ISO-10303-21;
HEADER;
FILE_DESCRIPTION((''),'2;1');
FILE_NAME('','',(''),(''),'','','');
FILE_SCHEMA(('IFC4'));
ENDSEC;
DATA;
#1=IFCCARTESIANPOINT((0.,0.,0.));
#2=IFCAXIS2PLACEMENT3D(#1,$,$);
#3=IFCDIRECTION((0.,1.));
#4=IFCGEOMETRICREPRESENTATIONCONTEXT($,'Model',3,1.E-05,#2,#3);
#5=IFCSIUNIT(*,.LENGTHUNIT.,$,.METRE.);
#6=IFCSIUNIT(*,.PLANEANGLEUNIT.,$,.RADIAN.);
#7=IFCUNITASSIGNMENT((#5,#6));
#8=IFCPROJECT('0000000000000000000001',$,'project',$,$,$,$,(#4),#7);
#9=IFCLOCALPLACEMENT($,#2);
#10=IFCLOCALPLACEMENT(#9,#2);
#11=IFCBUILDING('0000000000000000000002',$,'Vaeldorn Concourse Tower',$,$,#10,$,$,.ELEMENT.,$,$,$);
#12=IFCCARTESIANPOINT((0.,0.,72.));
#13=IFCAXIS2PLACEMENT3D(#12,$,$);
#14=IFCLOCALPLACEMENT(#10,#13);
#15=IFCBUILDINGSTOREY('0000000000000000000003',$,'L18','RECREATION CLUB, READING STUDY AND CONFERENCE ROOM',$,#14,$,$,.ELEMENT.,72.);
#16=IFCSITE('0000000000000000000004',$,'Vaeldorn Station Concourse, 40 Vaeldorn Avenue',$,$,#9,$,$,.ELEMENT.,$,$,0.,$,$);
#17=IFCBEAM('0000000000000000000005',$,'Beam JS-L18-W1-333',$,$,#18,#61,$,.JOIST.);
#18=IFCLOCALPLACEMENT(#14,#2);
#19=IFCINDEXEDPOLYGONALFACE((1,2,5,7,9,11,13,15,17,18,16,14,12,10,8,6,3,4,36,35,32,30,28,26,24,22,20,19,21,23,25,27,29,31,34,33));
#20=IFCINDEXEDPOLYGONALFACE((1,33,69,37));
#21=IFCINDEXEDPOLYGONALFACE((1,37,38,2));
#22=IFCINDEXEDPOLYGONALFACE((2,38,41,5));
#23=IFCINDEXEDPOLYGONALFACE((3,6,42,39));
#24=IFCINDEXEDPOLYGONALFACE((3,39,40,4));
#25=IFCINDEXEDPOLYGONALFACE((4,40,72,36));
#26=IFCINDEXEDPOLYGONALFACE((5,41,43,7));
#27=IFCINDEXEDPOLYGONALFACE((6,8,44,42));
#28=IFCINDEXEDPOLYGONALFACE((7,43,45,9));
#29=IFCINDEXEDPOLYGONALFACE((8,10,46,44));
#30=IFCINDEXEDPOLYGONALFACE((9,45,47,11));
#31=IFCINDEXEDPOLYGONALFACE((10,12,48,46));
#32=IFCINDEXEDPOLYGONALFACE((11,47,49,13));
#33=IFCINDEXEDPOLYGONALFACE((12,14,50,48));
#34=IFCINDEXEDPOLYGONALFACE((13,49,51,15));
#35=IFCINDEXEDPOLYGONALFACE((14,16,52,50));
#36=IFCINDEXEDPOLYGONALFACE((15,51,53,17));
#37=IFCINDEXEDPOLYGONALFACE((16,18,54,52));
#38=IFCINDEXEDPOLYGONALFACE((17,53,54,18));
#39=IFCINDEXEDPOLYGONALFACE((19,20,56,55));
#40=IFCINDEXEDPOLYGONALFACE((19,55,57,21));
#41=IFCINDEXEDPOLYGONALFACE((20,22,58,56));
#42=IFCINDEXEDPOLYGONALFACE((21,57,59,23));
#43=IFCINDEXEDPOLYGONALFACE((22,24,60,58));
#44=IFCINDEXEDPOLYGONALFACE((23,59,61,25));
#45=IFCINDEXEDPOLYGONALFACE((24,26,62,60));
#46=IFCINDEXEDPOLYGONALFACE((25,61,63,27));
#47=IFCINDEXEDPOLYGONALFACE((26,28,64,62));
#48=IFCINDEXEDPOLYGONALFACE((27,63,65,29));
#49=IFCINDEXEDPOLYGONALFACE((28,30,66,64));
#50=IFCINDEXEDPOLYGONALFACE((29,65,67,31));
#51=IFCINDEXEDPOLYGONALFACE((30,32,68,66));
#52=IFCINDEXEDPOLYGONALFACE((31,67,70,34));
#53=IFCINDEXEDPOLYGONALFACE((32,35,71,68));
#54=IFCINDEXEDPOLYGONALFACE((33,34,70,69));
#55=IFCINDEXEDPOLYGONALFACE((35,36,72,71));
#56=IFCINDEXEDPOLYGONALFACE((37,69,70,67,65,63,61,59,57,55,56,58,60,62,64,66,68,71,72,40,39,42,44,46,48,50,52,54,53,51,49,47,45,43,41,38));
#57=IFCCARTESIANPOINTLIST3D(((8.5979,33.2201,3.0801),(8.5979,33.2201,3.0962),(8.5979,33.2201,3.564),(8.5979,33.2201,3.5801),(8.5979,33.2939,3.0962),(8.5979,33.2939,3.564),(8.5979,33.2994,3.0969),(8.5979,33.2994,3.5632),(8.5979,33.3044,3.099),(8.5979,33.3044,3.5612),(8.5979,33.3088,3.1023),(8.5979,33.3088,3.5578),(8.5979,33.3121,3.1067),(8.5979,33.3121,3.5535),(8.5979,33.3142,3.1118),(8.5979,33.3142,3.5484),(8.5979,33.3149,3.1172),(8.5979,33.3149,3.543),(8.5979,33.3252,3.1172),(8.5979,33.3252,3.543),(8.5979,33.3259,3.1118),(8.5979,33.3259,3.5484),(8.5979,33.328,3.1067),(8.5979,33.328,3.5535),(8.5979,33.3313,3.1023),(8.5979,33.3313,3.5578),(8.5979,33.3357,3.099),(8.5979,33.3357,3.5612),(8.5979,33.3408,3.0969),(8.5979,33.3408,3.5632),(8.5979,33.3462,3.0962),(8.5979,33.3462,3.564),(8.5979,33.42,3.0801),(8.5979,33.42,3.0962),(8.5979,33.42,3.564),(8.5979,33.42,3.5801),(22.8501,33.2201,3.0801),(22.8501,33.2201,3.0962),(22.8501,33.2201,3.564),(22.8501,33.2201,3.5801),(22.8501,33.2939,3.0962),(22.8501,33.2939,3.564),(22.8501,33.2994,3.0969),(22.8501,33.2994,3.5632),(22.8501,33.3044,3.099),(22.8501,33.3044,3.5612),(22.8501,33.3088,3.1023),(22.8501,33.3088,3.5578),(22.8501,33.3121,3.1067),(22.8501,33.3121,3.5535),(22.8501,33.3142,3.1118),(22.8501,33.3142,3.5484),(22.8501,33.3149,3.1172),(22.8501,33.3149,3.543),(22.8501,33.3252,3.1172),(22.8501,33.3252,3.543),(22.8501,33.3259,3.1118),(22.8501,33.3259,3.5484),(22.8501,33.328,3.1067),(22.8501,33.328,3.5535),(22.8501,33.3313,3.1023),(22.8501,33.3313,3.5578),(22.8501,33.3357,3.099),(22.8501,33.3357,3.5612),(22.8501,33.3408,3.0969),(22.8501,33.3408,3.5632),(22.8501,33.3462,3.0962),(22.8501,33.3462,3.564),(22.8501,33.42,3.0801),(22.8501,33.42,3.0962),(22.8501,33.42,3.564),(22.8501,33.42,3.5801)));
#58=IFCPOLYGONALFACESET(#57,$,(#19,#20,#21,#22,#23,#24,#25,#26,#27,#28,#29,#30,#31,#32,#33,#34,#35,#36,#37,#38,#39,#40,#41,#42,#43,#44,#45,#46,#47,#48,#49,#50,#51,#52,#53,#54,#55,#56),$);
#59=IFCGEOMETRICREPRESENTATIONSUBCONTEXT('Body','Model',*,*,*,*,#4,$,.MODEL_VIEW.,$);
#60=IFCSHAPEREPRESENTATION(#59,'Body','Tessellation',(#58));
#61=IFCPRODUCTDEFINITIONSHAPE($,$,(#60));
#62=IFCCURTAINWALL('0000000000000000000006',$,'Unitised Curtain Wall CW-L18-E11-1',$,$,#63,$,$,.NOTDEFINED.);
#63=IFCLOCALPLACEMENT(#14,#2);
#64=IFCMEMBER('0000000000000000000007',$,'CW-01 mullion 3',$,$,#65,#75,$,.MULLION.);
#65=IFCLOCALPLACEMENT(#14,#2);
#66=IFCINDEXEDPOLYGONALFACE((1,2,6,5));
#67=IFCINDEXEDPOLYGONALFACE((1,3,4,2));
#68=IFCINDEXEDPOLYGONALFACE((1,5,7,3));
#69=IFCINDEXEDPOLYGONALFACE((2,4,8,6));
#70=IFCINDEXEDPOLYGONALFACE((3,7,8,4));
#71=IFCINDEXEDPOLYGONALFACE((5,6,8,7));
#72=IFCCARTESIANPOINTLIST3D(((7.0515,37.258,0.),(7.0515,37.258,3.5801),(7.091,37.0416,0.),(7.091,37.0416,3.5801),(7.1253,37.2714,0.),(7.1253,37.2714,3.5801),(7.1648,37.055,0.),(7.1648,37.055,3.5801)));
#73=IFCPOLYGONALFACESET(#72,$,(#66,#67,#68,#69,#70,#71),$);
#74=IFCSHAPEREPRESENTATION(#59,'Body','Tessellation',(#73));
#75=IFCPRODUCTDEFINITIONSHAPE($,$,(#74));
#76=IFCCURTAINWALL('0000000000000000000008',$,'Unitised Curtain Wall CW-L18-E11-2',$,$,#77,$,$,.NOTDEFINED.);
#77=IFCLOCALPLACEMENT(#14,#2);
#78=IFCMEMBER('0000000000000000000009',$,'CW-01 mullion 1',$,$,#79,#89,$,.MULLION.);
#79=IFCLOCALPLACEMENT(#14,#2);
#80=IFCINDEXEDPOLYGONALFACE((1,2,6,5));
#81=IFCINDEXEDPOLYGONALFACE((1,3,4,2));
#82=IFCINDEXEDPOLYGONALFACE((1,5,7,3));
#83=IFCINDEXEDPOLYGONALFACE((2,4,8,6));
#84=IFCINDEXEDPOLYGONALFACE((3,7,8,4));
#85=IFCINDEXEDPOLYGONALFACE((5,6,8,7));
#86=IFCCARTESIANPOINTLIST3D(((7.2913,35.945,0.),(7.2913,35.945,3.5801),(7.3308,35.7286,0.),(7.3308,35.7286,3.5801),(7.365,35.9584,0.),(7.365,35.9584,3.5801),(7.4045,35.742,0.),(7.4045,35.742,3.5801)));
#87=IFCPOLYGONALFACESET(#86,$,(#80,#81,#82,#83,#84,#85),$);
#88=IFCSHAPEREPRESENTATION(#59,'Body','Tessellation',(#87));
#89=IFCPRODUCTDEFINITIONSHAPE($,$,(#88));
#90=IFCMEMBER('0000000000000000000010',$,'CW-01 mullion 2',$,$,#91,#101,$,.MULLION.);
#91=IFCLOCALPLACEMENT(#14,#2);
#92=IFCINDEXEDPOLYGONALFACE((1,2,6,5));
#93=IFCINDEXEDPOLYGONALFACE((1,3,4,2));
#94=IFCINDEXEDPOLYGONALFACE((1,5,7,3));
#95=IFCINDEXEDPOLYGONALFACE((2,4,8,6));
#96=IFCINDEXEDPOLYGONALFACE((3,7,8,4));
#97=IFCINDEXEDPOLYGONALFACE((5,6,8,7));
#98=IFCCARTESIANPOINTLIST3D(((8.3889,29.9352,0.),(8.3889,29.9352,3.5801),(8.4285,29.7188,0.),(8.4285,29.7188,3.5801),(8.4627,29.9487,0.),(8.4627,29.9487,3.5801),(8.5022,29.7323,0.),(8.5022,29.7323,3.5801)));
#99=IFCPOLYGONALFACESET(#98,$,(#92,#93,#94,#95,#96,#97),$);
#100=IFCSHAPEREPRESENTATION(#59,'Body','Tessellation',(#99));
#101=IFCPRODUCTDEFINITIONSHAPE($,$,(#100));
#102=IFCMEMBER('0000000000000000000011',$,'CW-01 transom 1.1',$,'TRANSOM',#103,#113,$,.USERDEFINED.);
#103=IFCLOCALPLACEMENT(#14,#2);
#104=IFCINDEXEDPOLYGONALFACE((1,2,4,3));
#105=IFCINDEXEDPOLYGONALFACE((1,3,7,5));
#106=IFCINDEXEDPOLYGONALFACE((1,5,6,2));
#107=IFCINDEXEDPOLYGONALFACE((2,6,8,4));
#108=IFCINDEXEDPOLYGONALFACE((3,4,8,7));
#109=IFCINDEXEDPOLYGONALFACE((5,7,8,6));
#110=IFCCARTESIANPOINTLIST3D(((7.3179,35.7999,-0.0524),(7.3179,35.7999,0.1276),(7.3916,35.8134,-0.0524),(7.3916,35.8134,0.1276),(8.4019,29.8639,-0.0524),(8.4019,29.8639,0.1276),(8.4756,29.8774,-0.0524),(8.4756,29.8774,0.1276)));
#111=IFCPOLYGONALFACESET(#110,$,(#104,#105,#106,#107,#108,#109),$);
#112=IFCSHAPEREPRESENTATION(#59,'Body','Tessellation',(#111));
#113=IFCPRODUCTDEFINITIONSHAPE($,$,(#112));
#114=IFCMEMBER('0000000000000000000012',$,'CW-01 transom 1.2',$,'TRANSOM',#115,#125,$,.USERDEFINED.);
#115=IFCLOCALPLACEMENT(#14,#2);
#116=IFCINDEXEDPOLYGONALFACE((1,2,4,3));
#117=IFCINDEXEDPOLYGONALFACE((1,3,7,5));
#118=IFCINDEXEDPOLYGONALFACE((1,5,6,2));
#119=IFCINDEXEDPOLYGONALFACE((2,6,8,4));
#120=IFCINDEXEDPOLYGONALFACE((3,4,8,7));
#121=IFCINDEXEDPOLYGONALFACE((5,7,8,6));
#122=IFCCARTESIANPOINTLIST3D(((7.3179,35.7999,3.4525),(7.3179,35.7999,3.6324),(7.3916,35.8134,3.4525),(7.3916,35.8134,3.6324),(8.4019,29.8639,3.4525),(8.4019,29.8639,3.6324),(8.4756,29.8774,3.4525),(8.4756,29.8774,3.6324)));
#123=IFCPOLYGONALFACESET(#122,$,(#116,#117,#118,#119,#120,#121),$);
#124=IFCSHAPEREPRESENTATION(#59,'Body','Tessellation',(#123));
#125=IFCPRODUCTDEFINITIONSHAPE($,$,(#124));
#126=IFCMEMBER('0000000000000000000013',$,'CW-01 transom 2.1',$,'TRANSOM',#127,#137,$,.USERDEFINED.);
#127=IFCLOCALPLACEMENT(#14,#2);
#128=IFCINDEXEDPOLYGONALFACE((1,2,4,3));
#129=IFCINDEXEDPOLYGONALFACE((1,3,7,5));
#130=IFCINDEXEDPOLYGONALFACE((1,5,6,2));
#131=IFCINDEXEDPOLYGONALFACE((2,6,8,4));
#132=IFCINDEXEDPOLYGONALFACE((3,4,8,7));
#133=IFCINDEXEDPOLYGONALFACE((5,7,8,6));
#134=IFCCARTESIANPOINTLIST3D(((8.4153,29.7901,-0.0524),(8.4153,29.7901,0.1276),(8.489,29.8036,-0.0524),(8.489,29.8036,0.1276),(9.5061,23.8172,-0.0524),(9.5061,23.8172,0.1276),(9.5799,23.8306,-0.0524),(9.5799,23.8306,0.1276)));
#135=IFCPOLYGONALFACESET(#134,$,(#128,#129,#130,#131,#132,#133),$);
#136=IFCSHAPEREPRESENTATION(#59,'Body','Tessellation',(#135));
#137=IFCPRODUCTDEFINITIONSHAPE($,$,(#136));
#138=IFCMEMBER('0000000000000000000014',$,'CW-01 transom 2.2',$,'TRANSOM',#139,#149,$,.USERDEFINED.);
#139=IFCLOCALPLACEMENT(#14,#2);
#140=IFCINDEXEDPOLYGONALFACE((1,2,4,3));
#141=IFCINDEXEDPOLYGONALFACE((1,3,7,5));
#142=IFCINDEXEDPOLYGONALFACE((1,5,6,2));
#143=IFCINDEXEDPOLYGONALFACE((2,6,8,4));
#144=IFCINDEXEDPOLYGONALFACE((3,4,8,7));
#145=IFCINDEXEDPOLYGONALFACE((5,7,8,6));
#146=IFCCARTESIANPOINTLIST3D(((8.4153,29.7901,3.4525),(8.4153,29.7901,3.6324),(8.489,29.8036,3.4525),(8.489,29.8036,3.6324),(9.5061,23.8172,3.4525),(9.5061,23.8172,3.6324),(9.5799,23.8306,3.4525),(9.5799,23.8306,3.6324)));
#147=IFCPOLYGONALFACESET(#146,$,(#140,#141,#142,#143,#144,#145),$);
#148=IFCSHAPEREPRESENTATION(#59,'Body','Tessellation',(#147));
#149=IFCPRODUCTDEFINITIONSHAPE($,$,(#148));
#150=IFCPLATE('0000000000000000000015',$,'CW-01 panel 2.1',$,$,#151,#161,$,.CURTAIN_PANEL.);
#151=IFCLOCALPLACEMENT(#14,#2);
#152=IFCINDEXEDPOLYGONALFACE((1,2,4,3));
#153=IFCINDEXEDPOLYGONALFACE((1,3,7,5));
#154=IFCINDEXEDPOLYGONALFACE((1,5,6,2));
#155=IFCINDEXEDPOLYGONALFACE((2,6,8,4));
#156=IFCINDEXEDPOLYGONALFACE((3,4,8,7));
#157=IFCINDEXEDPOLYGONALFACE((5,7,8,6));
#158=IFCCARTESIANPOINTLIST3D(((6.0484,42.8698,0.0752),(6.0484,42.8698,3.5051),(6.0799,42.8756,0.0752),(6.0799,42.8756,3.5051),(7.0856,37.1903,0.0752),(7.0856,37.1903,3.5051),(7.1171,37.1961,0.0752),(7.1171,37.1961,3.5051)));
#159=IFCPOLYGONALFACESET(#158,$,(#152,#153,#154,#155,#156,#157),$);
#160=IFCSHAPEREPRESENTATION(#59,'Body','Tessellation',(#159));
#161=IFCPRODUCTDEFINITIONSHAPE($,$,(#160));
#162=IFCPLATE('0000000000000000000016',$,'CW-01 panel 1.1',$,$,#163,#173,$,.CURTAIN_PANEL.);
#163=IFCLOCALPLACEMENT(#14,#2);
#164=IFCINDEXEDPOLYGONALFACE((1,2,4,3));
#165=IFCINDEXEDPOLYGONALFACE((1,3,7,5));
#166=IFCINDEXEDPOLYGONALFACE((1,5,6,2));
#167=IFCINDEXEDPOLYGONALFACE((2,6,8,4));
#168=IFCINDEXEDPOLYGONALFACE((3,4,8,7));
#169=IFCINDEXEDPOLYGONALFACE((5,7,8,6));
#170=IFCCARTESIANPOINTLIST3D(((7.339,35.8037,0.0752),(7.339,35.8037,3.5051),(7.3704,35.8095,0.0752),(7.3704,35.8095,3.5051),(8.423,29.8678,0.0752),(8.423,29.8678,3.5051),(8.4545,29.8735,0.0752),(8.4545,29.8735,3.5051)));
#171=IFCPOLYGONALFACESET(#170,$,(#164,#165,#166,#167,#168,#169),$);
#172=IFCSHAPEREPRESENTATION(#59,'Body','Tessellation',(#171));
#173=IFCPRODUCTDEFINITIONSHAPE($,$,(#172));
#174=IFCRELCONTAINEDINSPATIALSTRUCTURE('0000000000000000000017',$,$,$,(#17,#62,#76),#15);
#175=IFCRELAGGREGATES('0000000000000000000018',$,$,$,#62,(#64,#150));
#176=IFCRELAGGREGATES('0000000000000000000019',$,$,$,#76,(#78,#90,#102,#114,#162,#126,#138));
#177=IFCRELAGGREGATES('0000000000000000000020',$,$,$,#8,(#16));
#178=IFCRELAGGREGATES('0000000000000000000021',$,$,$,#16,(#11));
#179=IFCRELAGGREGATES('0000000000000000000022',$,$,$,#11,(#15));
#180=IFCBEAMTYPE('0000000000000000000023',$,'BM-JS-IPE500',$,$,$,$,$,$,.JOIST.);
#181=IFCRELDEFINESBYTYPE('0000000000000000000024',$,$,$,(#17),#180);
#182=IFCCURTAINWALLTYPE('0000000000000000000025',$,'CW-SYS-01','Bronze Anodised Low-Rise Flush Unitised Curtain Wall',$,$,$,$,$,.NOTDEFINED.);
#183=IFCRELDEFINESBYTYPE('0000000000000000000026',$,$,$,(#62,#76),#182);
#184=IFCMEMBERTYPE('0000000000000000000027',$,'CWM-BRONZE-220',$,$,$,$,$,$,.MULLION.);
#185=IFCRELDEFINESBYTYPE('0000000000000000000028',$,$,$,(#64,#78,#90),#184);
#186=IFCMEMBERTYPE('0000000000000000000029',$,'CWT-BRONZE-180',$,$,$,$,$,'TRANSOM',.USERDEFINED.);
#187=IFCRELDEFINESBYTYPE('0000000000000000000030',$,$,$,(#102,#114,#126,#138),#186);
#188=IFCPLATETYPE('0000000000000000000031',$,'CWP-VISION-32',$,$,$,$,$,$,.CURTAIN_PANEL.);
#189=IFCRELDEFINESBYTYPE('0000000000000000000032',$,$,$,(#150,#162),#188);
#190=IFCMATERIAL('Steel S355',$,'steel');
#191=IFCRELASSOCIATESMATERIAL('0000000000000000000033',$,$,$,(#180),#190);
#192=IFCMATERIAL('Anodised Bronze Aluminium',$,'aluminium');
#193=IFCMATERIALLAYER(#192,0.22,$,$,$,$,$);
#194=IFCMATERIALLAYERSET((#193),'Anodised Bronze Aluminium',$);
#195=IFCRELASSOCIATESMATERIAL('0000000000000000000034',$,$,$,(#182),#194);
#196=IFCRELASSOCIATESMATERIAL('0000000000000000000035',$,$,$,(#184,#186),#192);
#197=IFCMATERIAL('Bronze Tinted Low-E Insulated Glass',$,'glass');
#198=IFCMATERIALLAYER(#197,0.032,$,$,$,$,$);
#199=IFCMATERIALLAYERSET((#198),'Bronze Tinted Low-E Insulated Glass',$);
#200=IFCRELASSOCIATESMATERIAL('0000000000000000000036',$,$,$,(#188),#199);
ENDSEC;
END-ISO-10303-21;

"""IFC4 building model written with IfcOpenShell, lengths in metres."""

from ifc_helpers import new_model, si_unit, direction, frame, origin, origin_2d, place, context, subcontext, project, spatial, rectangle, i_section, extrude, source, transform, mapped, material, layer, layer_set, material_profile, profile_set, type_object, element, aggregate, save


model = new_model("IFC4")

# Units and contexts
model_context = context("Model", 3, precision=1e-05, world=origin(), true_north=direction((0.0, 1.0)))
body_context = subcontext(model_context, "Body", "Model", "MODEL_VIEW")
ifc_project = project(units=[si_unit("LENGTHUNIT", "METRE"), si_unit("PLANEANGLEUNIT", "RADIAN")], contexts=[model_context])

# Site, building, storey
site_placement = place(None, origin())
site = spatial("IfcSite", under=ifc_project, at=site_placement, Name="Vaeldorn Station Concourse, 40 Vaeldorn Avenue", CompositionType="ELEMENT", RefElevation=0.0)
building_placement = place(site_placement, origin())
building = spatial("IfcBuilding", under=site, at=building_placement, Name="Vaeldorn Concourse Tower", CompositionType="ELEMENT")
storey_placement = place(building_placement, frame((0.0, 0.0, 72.0)))
storey = spatial("IfcBuildingStorey", under=building, at=storey_placement, Name="L18", Description="RECREATION CLUB, READING STUDY AND CONFERENCE ROOM", CompositionType="ELEMENT", Elevation=72.0)

# Beam
ifc_material_1 = material(Name="Steel S355", Category="steel")
ifc_material_profile_1 = material_profile(ifc_material_1, i_section(OverallWidth=0.2, OverallDepth=0.5, WebThickness=0.0103, FlangeThickness=0.0161, FilletRadius=0.021, at=origin_2d()), Name="IPE 500")
ifc_profile_set_1 = profile_set([ifc_material_profile_1], Name="Steel S355")
beam_type_1 = type_object("IfcBeamType", Name="BM-JS-IPE500", PredefinedType="JOIST", material=ifc_profile_set_1)
shared_shape_1 = source(origin(), body_context, "Body", "SweptSolid", [
    extrude(i_section(OverallWidth=0.2, OverallDepth=0.5, WebThickness=0.0103, FlangeThickness=0.0161, FilletRadius=0.021, at=origin_2d()), origin(), (0.0, 0.0, 1.0), 14.2522),
])
beam_1_placement = place(storey_placement, frame((8.5979, 33.3201, 3.3301), z_axis=(1.0, 0.0, 0.0), x_axis=(0.0, 1.0, 0.0)))
element("IfcBeam", 1, at=beam_1_placement, inside=storey, type_object=beam_type_1, Name="Beam JS-L18-W1-333", PredefinedType="JOIST", context=body_context, shape_type="MappedRepresentation", body=[
    mapped(shared_shape_1, transform((0.0, 0.0, 0.0), scale=1.0)),
])

# Curtain wall, member
ifc_material_2 = material(Name="Anodised Bronze Aluminium", Category="aluminium")
ifc_layer_1 = layer(ifc_material_2, 0.22)
ifc_layer_set_1 = layer_set([ifc_layer_1], Name="Anodised Bronze Aluminium")
curtain_wall_type = type_object("IfcCurtainWallType", Name="CW-SYS-01", Description="Bronze Anodised Low-Rise Flush Unitised Curtain Wall", PredefinedType="NOTDEFINED", material=ifc_layer_set_1)
curtain_wall_1_placement = place(storey_placement, origin())
curtain_wall_1 = element("IfcCurtainWall", 2, at=curtain_wall_1_placement, inside=storey, type_object=curtain_wall_type, Name="Unitised Curtain Wall CW-L18-E11-1", PredefinedType="NOTDEFINED")
ifc_material_profile_2 = material_profile(ifc_material_2, rectangle(XDim=0.075, YDim=0.22, at=origin_2d()), Name="CWM 75x220")
ifc_profile_set_2 = profile_set([ifc_material_profile_2], Name="Anodised Bronze Aluminium")
member_type_1 = type_object("IfcMemberType", Name="CWM-BRONZE-220", PredefinedType="MULLION", material=ifc_profile_set_2)
shared_shape_2 = source(origin(), body_context, "Body", "SweptSolid", [
    extrude(rectangle(XDim=0.075, YDim=0.22, at=origin_2d()), origin(), (0.0, 0.0, 1.0), 3.5801),
])
member_1_placement = place(storey_placement, frame((7.1082, 37.1565, 0.0), z_axis=(0.0, 0.0, 1.0), x_axis=(0.98373, 0.179655, 0.0)))
member_1 = element("IfcMember", 3, at=member_1_placement, type_object=member_type_1, Name="CW-01 mullion 3", PredefinedType="MULLION", context=body_context, shape_type="MappedRepresentation", body=[
    mapped(shared_shape_2, transform((0.0, 0.0, 0.0), scale=1.0)),
])

# Curtain wall, members
curtain_wall_2_placement = place(storey_placement, origin())
curtain_wall_2 = element("IfcCurtainWall", 4, at=curtain_wall_2_placement, inside=storey, type_object=curtain_wall_type, Name="Unitised Curtain Wall CW-L18-E11-2", PredefinedType="NOTDEFINED")
member_2_placement = place(storey_placement, frame((7.3479, 35.8435, 0.0), z_axis=(0.0, 0.0, 1.0), x_axis=(0.983729, 0.179658, 0.0)))
member_2 = element("IfcMember", 5, at=member_2_placement, type_object=member_type_1, Name="CW-01 mullion 1", PredefinedType="MULLION", context=body_context, shape_type="MappedRepresentation", body=[
    mapped(shared_shape_2, transform((0.0, 0.0, 0.0), scale=1.0)),
])
member_3_placement = place(storey_placement, frame((8.4456, 29.8337, 0.0), z_axis=(0.0, 0.0, 1.0), x_axis=(0.983729, 0.179658, 0.0)))
member_3 = element("IfcMember", 6, at=member_3_placement, type_object=member_type_1, Name="CW-01 mullion 2", PredefinedType="MULLION", context=body_context, shape_type="MappedRepresentation", body=[
    mapped(shared_shape_2, transform((0.0, 0.0, 0.0), scale=1.0)),
])
ifc_material_profile_3 = material_profile(ifc_material_2, rectangle(XDim=0.075, YDim=0.1799, at=origin_2d()), Name="CWT 75x180")
ifc_profile_set_3 = profile_set([ifc_material_profile_3], Name="Anodised Bronze Aluminium")
member_type_2 = type_object("IfcMemberType", Name="CWT-BRONZE-180", ElementType="TRANSOM", PredefinedType="USERDEFINED", material=ifc_profile_set_3)
shared_shape_3 = source(origin(), body_context, "Body", "SweptSolid", [
    extrude(rectangle(XDim=0.075, YDim=0.1799, at=origin_2d()), origin(), (0.0, 0.0, 1.0), 6.0342),
])
member_4_placement = place(storey_placement, frame((7.3547, 35.8066, 0.0376), z_axis=(0.17964, -0.983732, 0.0), x_axis=(0.983732, 0.17964, 0.0)))
member_4 = element("IfcMember", 7, at=member_4_placement, type_object=member_type_2, Name="CW-01 transom 1.1", ObjectType="TRANSOM", PredefinedType="USERDEFINED", context=body_context, shape_type="MappedRepresentation", body=[
    mapped(shared_shape_3, transform((0.0, 0.0, 0.0), scale=1.0)),
])
member_5_placement = place(storey_placement, frame((7.3547, 35.8066, 3.5425), z_axis=(0.17964, -0.983732, 0.0), x_axis=(0.983732, 0.17964, 0.0)))
member_5 = element("IfcMember", 8, at=member_5_placement, type_object=member_type_2, Name="CW-01 transom 1.2", ObjectType="TRANSOM", PredefinedType="USERDEFINED", context=body_context, shape_type="MappedRepresentation", body=[
    mapped(shared_shape_3, transform((0.0, 0.0, 0.0), scale=1.0)),
])
shared_shape_4 = source(origin(), body_context, "Body", "SweptSolid", [
    extrude(rectangle(XDim=0.075, YDim=0.1799, at=origin_2d()), origin(), (0.0, 0.0, 1.0), 6.0718),
])
member_6_placement = place(storey_placement, frame((8.4521, 29.7969, 0.0376), z_axis=(0.179657, -0.983729, 0.0), x_axis=(0.983729, 0.179657, 0.0)))
member_6 = element("IfcMember", 9, at=member_6_placement, type_object=member_type_2, Name="CW-01 transom 2.1", ObjectType="TRANSOM", PredefinedType="USERDEFINED", context=body_context, shape_type="MappedRepresentation", body=[
    mapped(shared_shape_4, transform((0.0, 0.0, 0.0), scale=1.0)),
])
member_7_placement = place(storey_placement, frame((8.4521, 29.7969, 3.5425), z_axis=(0.179657, -0.983729, 0.0), x_axis=(0.983729, 0.179657, 0.0)))
member_7 = element("IfcMember", 10, at=member_7_placement, type_object=member_type_2, Name="CW-01 transom 2.2", ObjectType="TRANSOM", PredefinedType="USERDEFINED", context=body_context, shape_type="MappedRepresentation", body=[
    mapped(shared_shape_4, transform((0.0, 0.0, 0.0), scale=1.0)),
])

# Plates
ifc_material_3 = material(Name="Bronze Tinted Low-E Insulated Glass", Category="glass")
ifc_layer_2 = layer(ifc_material_3, 0.032)
ifc_layer_set_2 = layer_set([ifc_layer_2], Name="Bronze Tinted Low-E Insulated Glass")
plate_type = type_object("IfcPlateType", Name="CWP-VISION-32", PredefinedType="CURTAIN_PANEL", material=ifc_layer_set_2)
shared_shape_5 = source(origin(), body_context, "Body", "SweptSolid", [
    extrude(rectangle(XDim=5.7734, YDim=0.032, at=origin_2d()), origin(), (0.0, 0.0, 1.0), 3.4299),
])
plate_1_placement = place(storey_placement, frame((6.5828, 40.033, 0.0752), z_axis=(0.0, 0.0, 1.0), x_axis=(0.179655, -0.98373, 0.0)))
plate_1 = element("IfcPlate", 11, at=plate_1_placement, type_object=plate_type, Name="CW-01 panel 2.1", PredefinedType="CURTAIN_PANEL", context=body_context, shape_type="MappedRepresentation", body=[
    mapped(shared_shape_5, transform((0.0, 0.0, 0.0), scale=1.0)),
])
aggregate(curtain_wall_1, [member_1, plate_1])
shared_shape_6 = source(origin(), body_context, "Body", "SweptSolid", [
    extrude(rectangle(XDim=6.0342, YDim=0.032, at=origin_2d()), origin(), (0.0, 0.0, 1.0), 3.4299),
])
plate_2_placement = place(storey_placement, frame((7.8967, 32.8386, 0.0752), z_axis=(0.0, 0.0, 1.0), x_axis=(0.179658, -0.983729, 0.0)))
plate_2 = element("IfcPlate", 12, at=plate_2_placement, type_object=plate_type, Name="CW-01 panel 1.1", PredefinedType="CURTAIN_PANEL", context=body_context, shape_type="MappedRepresentation", body=[
    mapped(shared_shape_6, transform((0.0, 0.0, 0.0), scale=1.0)),
])
aggregate(curtain_wall_2, [member_2, member_3, member_4, member_5, plate_2, member_6, member_7])

save(model, "model.ifc")
